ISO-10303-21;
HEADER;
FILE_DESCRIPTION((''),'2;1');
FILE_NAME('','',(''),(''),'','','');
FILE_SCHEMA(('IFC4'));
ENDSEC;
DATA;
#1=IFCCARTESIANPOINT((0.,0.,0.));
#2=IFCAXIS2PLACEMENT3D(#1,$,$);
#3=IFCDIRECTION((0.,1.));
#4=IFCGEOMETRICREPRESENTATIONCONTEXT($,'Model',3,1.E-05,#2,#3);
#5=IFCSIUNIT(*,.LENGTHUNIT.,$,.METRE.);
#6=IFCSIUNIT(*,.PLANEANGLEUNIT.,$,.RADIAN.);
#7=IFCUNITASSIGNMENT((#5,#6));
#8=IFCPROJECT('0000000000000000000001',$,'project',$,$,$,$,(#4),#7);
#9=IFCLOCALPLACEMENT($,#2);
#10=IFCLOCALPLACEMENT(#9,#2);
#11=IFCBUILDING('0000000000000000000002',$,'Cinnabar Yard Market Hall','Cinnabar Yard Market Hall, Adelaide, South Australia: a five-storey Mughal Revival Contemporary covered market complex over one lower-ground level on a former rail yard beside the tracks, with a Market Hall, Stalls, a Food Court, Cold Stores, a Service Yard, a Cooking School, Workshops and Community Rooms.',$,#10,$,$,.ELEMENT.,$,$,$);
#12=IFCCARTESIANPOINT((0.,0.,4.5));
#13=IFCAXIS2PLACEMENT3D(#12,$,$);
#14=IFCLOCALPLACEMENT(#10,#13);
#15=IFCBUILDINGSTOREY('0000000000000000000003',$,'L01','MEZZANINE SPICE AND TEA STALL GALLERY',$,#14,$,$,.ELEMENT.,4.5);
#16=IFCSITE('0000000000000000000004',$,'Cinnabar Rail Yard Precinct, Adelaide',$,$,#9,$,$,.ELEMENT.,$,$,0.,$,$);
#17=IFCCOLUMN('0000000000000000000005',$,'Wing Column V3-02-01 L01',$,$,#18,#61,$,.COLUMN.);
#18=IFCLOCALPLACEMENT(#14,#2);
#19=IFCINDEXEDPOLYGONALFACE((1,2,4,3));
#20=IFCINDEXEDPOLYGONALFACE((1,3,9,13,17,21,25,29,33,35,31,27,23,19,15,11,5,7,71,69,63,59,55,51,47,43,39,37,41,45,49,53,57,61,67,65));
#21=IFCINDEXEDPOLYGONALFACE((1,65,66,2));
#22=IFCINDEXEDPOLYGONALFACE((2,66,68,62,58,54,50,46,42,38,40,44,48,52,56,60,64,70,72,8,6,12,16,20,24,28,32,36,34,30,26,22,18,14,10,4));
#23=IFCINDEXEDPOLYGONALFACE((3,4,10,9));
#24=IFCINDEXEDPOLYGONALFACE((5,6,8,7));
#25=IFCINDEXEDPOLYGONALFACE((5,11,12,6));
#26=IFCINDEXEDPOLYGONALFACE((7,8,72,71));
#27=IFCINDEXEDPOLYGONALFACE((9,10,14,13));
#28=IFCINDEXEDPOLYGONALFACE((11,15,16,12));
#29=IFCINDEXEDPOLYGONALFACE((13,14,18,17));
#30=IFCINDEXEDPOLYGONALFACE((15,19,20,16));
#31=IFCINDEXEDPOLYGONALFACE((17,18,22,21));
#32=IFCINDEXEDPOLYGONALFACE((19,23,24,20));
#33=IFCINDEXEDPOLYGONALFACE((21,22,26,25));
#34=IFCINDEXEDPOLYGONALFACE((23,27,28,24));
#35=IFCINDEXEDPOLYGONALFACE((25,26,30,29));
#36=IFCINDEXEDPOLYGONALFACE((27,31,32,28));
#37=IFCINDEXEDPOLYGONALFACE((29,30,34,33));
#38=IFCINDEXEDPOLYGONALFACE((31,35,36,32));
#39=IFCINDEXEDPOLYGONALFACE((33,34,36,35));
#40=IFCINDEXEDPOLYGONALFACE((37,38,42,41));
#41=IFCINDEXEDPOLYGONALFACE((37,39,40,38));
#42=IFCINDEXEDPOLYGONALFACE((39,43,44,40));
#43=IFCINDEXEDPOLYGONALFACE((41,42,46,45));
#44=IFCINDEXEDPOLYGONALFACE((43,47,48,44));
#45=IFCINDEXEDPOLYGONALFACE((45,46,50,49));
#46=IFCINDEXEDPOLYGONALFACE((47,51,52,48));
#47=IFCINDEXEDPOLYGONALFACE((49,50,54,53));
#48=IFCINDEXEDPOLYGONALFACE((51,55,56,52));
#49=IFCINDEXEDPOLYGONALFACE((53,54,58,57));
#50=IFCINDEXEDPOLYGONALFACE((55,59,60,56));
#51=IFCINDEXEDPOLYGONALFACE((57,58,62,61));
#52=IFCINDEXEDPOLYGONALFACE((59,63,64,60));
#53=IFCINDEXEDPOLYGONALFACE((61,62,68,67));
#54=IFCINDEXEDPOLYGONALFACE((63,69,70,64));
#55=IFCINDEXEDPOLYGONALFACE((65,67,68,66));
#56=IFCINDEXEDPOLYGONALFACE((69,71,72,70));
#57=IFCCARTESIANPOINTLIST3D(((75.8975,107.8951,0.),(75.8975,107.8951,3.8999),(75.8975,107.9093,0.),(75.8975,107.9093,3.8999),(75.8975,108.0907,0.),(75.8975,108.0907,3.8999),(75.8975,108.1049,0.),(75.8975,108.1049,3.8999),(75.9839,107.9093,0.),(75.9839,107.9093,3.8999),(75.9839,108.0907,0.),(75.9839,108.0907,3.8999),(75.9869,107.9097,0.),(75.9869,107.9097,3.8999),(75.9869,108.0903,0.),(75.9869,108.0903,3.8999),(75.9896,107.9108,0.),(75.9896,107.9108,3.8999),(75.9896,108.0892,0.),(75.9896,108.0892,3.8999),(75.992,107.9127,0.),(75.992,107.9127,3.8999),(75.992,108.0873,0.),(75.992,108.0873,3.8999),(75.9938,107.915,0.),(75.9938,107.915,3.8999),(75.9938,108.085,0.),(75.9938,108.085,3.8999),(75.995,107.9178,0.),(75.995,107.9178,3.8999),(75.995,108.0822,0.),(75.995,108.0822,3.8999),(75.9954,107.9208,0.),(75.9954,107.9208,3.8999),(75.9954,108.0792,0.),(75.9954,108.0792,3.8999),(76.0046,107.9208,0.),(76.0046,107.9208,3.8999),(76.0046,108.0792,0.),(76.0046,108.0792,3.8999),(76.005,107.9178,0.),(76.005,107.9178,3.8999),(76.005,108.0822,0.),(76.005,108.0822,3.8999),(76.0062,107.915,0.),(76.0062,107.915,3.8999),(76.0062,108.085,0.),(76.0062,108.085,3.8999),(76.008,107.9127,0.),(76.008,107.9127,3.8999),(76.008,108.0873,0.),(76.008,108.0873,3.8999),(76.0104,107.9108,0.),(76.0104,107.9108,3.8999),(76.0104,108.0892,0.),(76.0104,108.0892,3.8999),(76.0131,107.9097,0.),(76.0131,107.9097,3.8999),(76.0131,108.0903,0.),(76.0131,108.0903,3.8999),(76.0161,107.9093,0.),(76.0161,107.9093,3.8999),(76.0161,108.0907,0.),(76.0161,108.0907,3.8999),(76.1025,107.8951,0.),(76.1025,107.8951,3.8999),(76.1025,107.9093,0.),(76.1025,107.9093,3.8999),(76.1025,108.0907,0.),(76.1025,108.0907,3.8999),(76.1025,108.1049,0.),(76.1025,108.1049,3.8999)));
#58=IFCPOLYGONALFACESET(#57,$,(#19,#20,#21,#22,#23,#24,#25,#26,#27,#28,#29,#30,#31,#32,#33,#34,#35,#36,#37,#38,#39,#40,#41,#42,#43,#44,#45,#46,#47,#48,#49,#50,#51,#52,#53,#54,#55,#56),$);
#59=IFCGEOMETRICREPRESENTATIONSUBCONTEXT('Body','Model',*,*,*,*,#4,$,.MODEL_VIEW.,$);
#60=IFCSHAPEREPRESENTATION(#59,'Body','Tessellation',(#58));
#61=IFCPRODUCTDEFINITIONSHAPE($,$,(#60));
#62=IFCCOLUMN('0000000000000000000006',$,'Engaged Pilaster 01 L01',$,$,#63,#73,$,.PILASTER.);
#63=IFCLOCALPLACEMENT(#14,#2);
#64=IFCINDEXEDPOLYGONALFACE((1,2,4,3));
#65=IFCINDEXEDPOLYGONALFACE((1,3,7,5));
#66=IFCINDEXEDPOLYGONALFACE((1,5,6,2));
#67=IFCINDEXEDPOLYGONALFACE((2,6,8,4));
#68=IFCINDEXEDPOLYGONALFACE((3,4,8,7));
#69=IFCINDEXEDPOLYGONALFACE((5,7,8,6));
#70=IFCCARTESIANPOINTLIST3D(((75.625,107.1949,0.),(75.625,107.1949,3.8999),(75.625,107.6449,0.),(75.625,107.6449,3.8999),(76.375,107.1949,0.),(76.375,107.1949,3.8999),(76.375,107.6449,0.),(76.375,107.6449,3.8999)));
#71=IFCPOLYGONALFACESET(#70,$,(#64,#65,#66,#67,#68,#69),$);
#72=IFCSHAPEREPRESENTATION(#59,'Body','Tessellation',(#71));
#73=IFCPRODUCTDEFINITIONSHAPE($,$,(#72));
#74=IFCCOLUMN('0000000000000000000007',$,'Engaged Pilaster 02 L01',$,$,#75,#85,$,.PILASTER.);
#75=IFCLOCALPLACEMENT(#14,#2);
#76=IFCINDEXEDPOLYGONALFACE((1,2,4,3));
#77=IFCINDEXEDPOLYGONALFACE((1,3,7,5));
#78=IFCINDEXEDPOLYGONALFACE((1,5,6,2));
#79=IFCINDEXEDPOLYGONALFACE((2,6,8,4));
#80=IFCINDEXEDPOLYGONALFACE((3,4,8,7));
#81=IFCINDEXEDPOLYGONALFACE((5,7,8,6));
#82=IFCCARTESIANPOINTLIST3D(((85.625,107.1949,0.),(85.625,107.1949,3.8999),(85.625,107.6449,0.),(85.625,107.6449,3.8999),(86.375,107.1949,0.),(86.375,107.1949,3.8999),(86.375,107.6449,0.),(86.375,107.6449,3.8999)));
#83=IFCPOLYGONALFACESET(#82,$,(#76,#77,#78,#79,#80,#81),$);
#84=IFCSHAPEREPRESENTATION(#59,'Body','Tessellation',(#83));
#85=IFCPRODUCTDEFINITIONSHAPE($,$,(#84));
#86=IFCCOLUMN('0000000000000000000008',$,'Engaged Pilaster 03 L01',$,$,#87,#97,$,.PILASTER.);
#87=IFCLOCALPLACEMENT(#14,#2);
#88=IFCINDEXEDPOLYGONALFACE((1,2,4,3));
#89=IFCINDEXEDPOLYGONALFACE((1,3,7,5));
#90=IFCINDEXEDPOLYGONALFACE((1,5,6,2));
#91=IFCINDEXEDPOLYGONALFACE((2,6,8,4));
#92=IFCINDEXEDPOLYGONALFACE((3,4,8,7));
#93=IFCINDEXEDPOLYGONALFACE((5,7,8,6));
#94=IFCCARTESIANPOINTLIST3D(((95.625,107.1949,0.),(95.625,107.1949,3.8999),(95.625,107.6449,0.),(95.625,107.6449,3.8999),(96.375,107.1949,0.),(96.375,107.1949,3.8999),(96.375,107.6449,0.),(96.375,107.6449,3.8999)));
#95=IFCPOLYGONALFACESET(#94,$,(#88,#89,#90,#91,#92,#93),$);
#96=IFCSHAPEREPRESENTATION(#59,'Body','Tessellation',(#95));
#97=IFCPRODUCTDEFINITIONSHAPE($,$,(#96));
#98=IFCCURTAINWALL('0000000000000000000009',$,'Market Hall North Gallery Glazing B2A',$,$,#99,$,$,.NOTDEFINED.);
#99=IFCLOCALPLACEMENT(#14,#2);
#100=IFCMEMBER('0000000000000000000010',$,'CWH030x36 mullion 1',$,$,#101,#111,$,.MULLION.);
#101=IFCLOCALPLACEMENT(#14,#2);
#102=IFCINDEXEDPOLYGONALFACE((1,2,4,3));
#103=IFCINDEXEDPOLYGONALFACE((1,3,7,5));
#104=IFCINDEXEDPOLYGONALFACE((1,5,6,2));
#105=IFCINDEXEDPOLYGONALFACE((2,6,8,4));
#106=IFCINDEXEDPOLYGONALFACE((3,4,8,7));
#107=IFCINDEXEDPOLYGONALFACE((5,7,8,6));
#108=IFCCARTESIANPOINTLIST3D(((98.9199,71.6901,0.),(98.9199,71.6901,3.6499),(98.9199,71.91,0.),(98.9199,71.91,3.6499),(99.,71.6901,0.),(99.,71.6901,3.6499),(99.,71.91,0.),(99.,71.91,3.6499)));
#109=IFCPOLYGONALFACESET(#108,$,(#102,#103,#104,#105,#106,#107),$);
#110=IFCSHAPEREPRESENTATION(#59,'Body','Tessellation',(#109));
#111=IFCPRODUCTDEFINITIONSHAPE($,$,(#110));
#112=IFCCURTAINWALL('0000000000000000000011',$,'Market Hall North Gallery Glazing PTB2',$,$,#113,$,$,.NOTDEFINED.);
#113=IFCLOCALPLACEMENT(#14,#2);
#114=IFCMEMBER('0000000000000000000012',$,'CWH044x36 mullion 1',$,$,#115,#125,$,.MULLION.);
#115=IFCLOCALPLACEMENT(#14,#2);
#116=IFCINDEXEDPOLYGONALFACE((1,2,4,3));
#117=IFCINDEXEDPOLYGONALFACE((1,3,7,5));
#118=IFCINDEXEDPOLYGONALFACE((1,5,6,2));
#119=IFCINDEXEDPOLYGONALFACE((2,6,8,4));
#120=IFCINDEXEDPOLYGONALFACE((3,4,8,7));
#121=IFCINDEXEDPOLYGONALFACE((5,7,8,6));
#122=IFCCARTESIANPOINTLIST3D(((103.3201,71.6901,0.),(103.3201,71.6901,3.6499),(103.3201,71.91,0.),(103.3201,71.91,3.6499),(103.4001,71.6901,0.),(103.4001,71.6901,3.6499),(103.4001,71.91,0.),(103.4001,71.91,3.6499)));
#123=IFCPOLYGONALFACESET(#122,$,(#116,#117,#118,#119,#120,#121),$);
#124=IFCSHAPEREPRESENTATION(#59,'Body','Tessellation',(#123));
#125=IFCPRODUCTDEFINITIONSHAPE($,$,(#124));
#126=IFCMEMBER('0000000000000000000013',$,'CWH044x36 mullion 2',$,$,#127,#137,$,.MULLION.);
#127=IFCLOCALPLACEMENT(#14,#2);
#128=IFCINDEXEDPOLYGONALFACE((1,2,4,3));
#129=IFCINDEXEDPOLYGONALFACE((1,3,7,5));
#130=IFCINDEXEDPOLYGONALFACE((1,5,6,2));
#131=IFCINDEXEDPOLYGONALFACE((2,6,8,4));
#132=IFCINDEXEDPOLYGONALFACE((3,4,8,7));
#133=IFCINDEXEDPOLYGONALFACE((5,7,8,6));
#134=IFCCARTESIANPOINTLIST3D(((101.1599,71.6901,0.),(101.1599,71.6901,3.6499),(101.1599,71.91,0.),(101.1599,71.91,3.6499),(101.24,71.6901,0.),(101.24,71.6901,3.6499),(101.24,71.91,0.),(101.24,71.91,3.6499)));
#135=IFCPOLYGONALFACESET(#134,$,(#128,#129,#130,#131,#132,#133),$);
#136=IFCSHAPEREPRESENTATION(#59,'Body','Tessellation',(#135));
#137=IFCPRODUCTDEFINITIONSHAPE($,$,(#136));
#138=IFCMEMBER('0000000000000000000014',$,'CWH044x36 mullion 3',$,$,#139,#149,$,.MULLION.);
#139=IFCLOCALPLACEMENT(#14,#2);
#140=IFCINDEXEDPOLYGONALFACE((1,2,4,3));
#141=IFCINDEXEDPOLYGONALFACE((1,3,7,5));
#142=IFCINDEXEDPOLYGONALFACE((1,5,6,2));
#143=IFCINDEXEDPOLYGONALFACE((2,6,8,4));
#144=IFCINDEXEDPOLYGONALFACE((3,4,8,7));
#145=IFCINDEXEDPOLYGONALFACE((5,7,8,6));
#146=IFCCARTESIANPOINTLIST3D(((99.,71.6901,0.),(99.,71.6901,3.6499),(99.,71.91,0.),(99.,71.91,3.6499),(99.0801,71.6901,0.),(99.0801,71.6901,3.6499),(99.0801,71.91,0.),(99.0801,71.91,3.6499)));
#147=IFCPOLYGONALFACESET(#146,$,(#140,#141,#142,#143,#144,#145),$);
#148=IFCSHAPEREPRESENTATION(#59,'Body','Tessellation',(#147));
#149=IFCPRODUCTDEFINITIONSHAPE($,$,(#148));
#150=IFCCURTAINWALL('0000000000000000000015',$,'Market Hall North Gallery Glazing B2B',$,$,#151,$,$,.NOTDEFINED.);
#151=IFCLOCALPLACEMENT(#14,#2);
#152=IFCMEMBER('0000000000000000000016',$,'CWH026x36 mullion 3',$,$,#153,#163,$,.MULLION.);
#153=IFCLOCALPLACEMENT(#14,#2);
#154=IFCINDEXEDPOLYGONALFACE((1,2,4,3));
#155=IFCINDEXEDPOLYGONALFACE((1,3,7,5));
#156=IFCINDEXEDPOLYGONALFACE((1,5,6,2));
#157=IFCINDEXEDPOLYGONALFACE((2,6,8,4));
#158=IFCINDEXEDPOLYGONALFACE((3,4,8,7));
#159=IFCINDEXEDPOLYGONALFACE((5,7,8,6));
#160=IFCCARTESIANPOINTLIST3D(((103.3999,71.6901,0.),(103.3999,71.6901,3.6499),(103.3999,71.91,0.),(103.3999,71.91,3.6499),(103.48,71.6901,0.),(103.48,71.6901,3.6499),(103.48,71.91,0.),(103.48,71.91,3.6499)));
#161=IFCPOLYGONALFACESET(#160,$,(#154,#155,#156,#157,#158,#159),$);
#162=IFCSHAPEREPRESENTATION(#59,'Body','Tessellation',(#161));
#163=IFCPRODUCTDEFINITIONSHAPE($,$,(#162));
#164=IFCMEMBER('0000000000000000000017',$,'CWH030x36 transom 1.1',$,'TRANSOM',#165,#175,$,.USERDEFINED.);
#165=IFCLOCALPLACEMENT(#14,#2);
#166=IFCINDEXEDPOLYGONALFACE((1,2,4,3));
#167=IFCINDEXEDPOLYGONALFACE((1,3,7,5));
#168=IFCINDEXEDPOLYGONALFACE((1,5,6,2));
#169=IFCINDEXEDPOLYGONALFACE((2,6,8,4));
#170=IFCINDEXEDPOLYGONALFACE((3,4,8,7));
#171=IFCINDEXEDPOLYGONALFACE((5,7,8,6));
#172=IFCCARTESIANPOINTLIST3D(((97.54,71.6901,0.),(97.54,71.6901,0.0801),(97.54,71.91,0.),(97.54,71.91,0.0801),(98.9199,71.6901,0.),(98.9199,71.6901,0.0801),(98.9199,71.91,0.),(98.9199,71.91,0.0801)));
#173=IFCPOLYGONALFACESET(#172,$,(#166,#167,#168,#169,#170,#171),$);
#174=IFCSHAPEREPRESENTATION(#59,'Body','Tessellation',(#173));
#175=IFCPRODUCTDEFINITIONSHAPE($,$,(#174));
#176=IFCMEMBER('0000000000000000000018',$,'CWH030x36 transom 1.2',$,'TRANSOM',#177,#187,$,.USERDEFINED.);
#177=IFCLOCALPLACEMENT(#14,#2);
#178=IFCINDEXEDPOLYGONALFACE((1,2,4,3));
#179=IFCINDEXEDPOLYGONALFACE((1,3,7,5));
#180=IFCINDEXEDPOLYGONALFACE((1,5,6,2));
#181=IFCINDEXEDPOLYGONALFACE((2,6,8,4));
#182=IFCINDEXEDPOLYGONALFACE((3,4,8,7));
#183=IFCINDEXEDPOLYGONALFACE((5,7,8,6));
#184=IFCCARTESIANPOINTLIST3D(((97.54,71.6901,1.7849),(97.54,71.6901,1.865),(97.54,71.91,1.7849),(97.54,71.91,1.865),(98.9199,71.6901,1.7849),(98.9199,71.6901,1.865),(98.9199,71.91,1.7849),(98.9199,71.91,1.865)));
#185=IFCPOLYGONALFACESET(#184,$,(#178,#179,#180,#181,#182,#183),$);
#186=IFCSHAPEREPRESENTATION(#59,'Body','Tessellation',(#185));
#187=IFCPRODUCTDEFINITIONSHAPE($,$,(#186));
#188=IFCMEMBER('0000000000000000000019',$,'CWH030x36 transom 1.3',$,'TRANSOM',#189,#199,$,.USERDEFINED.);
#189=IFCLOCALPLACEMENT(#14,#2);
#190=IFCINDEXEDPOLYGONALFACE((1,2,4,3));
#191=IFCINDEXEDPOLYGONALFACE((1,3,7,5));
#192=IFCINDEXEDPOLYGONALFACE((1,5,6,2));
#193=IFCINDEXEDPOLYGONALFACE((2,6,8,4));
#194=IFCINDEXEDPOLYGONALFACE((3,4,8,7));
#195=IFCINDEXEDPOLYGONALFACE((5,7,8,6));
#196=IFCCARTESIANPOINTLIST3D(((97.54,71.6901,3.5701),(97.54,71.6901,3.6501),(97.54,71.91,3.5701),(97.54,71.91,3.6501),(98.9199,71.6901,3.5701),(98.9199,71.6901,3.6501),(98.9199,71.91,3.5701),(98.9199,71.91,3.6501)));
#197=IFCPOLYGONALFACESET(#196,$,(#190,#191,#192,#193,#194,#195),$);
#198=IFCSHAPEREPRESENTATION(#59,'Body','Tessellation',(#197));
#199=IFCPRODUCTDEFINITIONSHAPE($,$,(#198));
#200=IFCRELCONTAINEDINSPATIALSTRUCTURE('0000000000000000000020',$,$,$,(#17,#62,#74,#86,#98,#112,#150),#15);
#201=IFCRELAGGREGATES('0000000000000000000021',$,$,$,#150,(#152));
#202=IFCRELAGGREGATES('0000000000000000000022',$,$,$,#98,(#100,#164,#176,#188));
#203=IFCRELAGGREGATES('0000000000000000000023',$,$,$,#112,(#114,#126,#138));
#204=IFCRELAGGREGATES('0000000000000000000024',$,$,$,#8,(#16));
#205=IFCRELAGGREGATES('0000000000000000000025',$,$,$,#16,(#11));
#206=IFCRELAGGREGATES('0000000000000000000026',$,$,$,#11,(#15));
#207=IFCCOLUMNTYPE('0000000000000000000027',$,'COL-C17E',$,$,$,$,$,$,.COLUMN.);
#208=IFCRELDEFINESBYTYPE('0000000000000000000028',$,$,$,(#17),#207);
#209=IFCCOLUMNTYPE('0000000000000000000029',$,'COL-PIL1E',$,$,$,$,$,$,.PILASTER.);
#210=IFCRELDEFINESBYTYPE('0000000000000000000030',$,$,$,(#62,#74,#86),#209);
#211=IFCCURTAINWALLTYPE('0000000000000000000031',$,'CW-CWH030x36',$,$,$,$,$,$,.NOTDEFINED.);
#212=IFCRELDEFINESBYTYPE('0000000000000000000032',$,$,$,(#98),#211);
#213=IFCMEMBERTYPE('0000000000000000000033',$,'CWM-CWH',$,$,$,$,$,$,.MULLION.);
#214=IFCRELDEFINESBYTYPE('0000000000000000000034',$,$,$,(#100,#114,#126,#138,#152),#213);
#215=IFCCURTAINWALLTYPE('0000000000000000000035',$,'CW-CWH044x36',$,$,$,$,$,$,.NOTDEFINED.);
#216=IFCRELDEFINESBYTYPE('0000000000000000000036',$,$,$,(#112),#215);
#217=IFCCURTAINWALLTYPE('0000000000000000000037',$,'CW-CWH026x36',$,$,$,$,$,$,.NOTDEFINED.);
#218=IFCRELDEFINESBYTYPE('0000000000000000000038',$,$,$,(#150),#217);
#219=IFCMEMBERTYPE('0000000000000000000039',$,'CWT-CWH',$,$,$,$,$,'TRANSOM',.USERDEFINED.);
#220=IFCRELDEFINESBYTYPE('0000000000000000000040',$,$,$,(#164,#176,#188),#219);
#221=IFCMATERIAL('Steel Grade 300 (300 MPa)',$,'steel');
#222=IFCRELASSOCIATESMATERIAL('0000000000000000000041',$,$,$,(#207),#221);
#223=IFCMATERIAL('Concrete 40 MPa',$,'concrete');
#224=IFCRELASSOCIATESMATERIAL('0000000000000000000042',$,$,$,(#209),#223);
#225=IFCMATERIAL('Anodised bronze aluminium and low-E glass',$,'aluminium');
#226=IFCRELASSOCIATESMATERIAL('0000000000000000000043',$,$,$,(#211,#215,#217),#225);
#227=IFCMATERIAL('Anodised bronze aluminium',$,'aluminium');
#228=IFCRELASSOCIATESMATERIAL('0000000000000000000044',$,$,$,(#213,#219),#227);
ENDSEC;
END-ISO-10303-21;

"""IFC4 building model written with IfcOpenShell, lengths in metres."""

from ifc_helpers import new_model, si_unit, direction, frame, origin, origin_2d_with_axis, place, context, subcontext, project, spatial, rectangle, i_section, extrude, material, material_profile, profile_set, type_object, element, aggregate, save


model = new_model("IFC4")

# Units and contexts
model_context = context("Model", 3, precision=1e-05, world=origin(), true_north=direction((0.0, 1.0)))
body_context = subcontext(model_context, "Body", "Model", "MODEL_VIEW")
ifc_project = project(units=[si_unit("LENGTHUNIT", "METRE"), si_unit("PLANEANGLEUNIT", "RADIAN")], contexts=[model_context])

# Site, building, storey
site_placement = place(None, origin())
site = spatial("IfcSite", under=ifc_project, at=site_placement, Name="Cinnabar Rail Yard Precinct, Adelaide", CompositionType="ELEMENT", RefElevation=0.0)
building_placement = place(site_placement, origin())
building = spatial("IfcBuilding", under=site, at=building_placement, Name="Cinnabar Yard Market Hall", Description="Cinnabar Yard Market Hall, Adelaide, South Australia: a five-storey Mughal Revival Contemporary covered market complex over one lower-ground level on a former rail yard beside the tracks, with a Market Hall, Stalls, a Food Court, Cold Stores, a Service Yard, a Cooking School, Workshops and Community Rooms.", CompositionType="ELEMENT")
storey_placement = place(building_placement, frame((0.0, 0.0, 4.5)))
storey = spatial("IfcBuildingStorey", under=building, at=storey_placement, Name="L01", Description="MEZZANINE SPICE AND TEA STALL GALLERY", CompositionType="ELEMENT", Elevation=4.5)

# Columns
ifc_material_1 = material(Name="Steel Grade 300 (300 MPa)", Category="steel")
ifc_material_profile_1 = material_profile(ifc_material_1, i_section(OverallWidth=0.2051, OverallDepth=0.2097, WebThickness=0.0093, FlangeThickness=0.0142, FilletRadius=0.0115, at=origin_2d_with_axis()), Name="200UC59.5")
ifc_profile_set_1 = profile_set([ifc_material_profile_1], Name="Steel Grade 300 (300 MPa)")
column_type_1 = type_object("IfcColumnType", Name="COL-C17E", PredefinedType="COLUMN", material=ifc_profile_set_1)
column_1_placement = place(storey_placement, frame((76.0, 108.0, 0.0), z_axis=(0.0, 0.0, 1.0), x_axis=(1.0, 0.0, 0.0)))
element("IfcColumn", 1, at=column_1_placement, inside=storey, type_object=column_type_1, Name="Wing Column V3-02-01 L01", PredefinedType="COLUMN", context=body_context, shape_type="SweptSolid", body=[
    extrude(i_section(OverallWidth=0.2051, OverallDepth=0.2097, WebThickness=0.0093, FlangeThickness=0.0142, FilletRadius=0.0115, at=origin_2d_with_axis()), origin(), (0.0, 0.0, 1.0), 3.8999),
])
ifc_material_2 = material(Name="Concrete 40 MPa", Category="concrete")
ifc_material_profile_2 = material_profile(ifc_material_2, rectangle(XDim=0.75, YDim=0.45, at=origin_2d_with_axis()), Name="RC-750x450")
ifc_profile_set_2 = profile_set([ifc_material_profile_2], Name="Concrete 40 MPa")
column_type_2 = type_object("IfcColumnType", Name="COL-PIL1E", PredefinedType="PILASTER", material=ifc_profile_set_2)
for number, where, z_axis, x_axis, name in (
    (2, (76.0, 107.4199, 0.0), (0.0, 0.0, 1.0), (1.0, 0.0, 0.0), "Engaged Pilaster 01 L01"),
    (3, (86.0, 107.4199, 0.0), (0.0, 0.0, 1.0), (1.0, 0.0, 0.0), "Engaged Pilaster 02 L01"),
    (4, (96.0, 107.4199, 0.0), (0.0, 0.0, 1.0), (1.0, 0.0, 0.0), "Engaged Pilaster 03 L01"),
):
    element("IfcColumn", number, at=place(storey_placement, frame(where, z_axis=z_axis, x_axis=x_axis)), inside=storey, type_object=column_type_2, Name=name, PredefinedType="PILASTER", context=body_context, shape_type="SweptSolid", body=[
        extrude(rectangle(XDim=0.75, YDim=0.45, at=origin_2d_with_axis()), origin(), (0.0, 0.0, 1.0), 3.8999),
    ])

# Curtain wall, member
ifc_material_3 = material(Name="Anodised bronze aluminium and low-E glass", Category="aluminium")
curtain_wall_type_1 = type_object("IfcCurtainWallType", Name="CW-CWH030x36", PredefinedType="NOTDEFINED", material=ifc_material_3)
curtain_wall_1_placement = place(storey_placement, origin())
curtain_wall_1 = element("IfcCurtainWall", 5, at=curtain_wall_1_placement, inside=storey, type_object=curtain_wall_type_1, Name="Market Hall North Gallery Glazing B2A", PredefinedType="NOTDEFINED")
ifc_material_4 = material(Name="Anodised bronze aluminium", Category="aluminium")
ifc_material_profile_3 = material_profile(ifc_material_4, rectangle(XDim=0.22, YDim=0.0801, at=origin_2d_with_axis()), Name="MUL-CWH")
ifc_profile_set_3 = profile_set([ifc_material_profile_3], Name="Anodised bronze aluminium")
member_type_1 = type_object("IfcMemberType", Name="CWM-CWH", PredefinedType="MULLION", material=ifc_profile_set_3)
member_1_placement = place(storey_placement, frame((98.96, 71.8, 0.0), z_axis=(0.0, 0.0, 1.0), x_axis=(0.0, -1.0, 0.0)))
member_1 = element("IfcMember", 6, at=member_1_placement, type_object=member_type_1, Name="CWH030x36 mullion 1", PredefinedType="MULLION", context=body_context, shape_type="SweptSolid", body=[
    extrude(rectangle(XDim=0.22, YDim=0.0801, at=origin_2d_with_axis()), origin(), (0.0, 0.0, 1.0), 3.6499),
])

# Curtain wall, members
curtain_wall_type_2 = type_object("IfcCurtainWallType", Name="CW-CWH044x36", PredefinedType="NOTDEFINED", material=ifc_material_3)
curtain_wall_2_placement = place(storey_placement, origin())
curtain_wall_2 = element("IfcCurtainWall", 7, at=curtain_wall_2_placement, inside=storey, type_object=curtain_wall_type_2, Name="Market Hall North Gallery Glazing PTB2", PredefinedType="NOTDEFINED")
member_2_placement = place(storey_placement, frame((103.3601, 71.8, 0.0), z_axis=(0.0, 0.0, 1.0), x_axis=(0.0, -1.0, 0.0)))
member_2 = element("IfcMember", 8, at=member_2_placement, type_object=member_type_1, Name="CWH044x36 mullion 1", PredefinedType="MULLION", context=body_context, shape_type="SweptSolid", body=[
    extrude(rectangle(XDim=0.22, YDim=0.0801, at=origin_2d_with_axis()), origin(), (0.0, 0.0, 1.0), 3.6499),
])
member_3_placement = place(storey_placement, frame((101.2, 71.8, 0.0), z_axis=(0.0, 0.0, 1.0), x_axis=(0.0, -1.0, 0.0)))
member_3 = element("IfcMember", 9, at=member_3_placement, type_object=member_type_1, Name="CWH044x36 mullion 2", PredefinedType="MULLION", context=body_context, shape_type="SweptSolid", body=[
    extrude(rectangle(XDim=0.22, YDim=0.0801, at=origin_2d_with_axis()), origin(), (0.0, 0.0, 1.0), 3.6499),
])
member_4_placement = place(storey_placement, frame((99.04, 71.8, 0.0), z_axis=(0.0, 0.0, 1.0), x_axis=(0.0, -1.0, 0.0)))
member_4 = element("IfcMember", 10, at=member_4_placement, type_object=member_type_1, Name="CWH044x36 mullion 3", PredefinedType="MULLION", context=body_context, shape_type="SweptSolid", body=[
    extrude(rectangle(XDim=0.22, YDim=0.0801, at=origin_2d_with_axis()), origin(), (0.0, 0.0, 1.0), 3.6499),
])

# Curtain wall, member
curtain_wall_type_3 = type_object("IfcCurtainWallType", Name="CW-CWH026x36", PredefinedType="NOTDEFINED", material=ifc_material_3)
curtain_wall_3_placement = place(storey_placement, origin())
curtain_wall_3 = element("IfcCurtainWall", 11, at=curtain_wall_3_placement, inside=storey, type_object=curtain_wall_type_3, Name="Market Hall North Gallery Glazing B2B", PredefinedType="NOTDEFINED")
member_5_placement = place(storey_placement, frame((103.4399, 71.8, 0.0), z_axis=(0.0, 0.0, 1.0), x_axis=(0.0, -1.0, 0.0)))
member_5 = element("IfcMember", 12, at=member_5_placement, type_object=member_type_1, Name="CWH026x36 mullion 3", PredefinedType="MULLION", context=body_context, shape_type="SweptSolid", body=[
    extrude(rectangle(XDim=0.22, YDim=0.0801, at=origin_2d_with_axis()), origin(), (0.0, 0.0, 1.0), 3.6499),
])
aggregate(curtain_wall_3, [member_5])

# Members
ifc_material_profile_4 = material_profile(ifc_material_4, rectangle(XDim=0.22, YDim=0.0801, at=origin_2d_with_axis()), Name="TRN-CWH")
ifc_profile_set_4 = profile_set([ifc_material_profile_4], Name="Anodised bronze aluminium")
member_type_2 = type_object("IfcMemberType", Name="CWT-CWH", ElementType="TRANSOM", PredefinedType="USERDEFINED", material=ifc_profile_set_4)
member_6_placement = place(storey_placement, frame((98.9199, 71.8, 0.04), z_axis=(-1.0, 0.0, 0.0), x_axis=(0.0, -1.0, 0.0)))
member_6 = element("IfcMember", 13, at=member_6_placement, type_object=member_type_2, Name="CWH030x36 transom 1.1", ObjectType="TRANSOM", PredefinedType="USERDEFINED", context=body_context, shape_type="SweptSolid", body=[
    extrude(rectangle(XDim=0.22, YDim=0.0801, at=origin_2d_with_axis()), origin(), (0.0, 0.0, 1.0), 1.3799),
])
member_7_placement = place(storey_placement, frame((98.9199, 71.8, 1.825), z_axis=(-1.0, 0.0, 0.0), x_axis=(0.0, -1.0, 0.0)))
member_7 = element("IfcMember", 14, at=member_7_placement, type_object=member_type_2, Name="CWH030x36 transom 1.2", ObjectType="TRANSOM", PredefinedType="USERDEFINED", context=body_context, shape_type="SweptSolid", body=[
    extrude(rectangle(XDim=0.22, YDim=0.0801, at=origin_2d_with_axis()), origin(), (0.0, 0.0, 1.0), 1.3799),
])
member_8_placement = place(storey_placement, frame((98.9199, 71.8, 3.6101), z_axis=(-1.0, 0.0, 0.0), x_axis=(0.0, -1.0, 0.0)))
member_8 = element("IfcMember", 15, at=member_8_placement, type_object=member_type_2, Name="CWH030x36 transom 1.3", ObjectType="TRANSOM", PredefinedType="USERDEFINED", context=body_context, shape_type="SweptSolid", body=[
    extrude(rectangle(XDim=0.22, YDim=0.0801, at=origin_2d_with_axis()), origin(), (0.0, 0.0, 1.0), 1.3799),
])

aggregate(curtain_wall_1, [member_1, member_6, member_7, member_8])
aggregate(curtain_wall_2, [member_2, member_3, member_4])

save(model, "model.ifc")
